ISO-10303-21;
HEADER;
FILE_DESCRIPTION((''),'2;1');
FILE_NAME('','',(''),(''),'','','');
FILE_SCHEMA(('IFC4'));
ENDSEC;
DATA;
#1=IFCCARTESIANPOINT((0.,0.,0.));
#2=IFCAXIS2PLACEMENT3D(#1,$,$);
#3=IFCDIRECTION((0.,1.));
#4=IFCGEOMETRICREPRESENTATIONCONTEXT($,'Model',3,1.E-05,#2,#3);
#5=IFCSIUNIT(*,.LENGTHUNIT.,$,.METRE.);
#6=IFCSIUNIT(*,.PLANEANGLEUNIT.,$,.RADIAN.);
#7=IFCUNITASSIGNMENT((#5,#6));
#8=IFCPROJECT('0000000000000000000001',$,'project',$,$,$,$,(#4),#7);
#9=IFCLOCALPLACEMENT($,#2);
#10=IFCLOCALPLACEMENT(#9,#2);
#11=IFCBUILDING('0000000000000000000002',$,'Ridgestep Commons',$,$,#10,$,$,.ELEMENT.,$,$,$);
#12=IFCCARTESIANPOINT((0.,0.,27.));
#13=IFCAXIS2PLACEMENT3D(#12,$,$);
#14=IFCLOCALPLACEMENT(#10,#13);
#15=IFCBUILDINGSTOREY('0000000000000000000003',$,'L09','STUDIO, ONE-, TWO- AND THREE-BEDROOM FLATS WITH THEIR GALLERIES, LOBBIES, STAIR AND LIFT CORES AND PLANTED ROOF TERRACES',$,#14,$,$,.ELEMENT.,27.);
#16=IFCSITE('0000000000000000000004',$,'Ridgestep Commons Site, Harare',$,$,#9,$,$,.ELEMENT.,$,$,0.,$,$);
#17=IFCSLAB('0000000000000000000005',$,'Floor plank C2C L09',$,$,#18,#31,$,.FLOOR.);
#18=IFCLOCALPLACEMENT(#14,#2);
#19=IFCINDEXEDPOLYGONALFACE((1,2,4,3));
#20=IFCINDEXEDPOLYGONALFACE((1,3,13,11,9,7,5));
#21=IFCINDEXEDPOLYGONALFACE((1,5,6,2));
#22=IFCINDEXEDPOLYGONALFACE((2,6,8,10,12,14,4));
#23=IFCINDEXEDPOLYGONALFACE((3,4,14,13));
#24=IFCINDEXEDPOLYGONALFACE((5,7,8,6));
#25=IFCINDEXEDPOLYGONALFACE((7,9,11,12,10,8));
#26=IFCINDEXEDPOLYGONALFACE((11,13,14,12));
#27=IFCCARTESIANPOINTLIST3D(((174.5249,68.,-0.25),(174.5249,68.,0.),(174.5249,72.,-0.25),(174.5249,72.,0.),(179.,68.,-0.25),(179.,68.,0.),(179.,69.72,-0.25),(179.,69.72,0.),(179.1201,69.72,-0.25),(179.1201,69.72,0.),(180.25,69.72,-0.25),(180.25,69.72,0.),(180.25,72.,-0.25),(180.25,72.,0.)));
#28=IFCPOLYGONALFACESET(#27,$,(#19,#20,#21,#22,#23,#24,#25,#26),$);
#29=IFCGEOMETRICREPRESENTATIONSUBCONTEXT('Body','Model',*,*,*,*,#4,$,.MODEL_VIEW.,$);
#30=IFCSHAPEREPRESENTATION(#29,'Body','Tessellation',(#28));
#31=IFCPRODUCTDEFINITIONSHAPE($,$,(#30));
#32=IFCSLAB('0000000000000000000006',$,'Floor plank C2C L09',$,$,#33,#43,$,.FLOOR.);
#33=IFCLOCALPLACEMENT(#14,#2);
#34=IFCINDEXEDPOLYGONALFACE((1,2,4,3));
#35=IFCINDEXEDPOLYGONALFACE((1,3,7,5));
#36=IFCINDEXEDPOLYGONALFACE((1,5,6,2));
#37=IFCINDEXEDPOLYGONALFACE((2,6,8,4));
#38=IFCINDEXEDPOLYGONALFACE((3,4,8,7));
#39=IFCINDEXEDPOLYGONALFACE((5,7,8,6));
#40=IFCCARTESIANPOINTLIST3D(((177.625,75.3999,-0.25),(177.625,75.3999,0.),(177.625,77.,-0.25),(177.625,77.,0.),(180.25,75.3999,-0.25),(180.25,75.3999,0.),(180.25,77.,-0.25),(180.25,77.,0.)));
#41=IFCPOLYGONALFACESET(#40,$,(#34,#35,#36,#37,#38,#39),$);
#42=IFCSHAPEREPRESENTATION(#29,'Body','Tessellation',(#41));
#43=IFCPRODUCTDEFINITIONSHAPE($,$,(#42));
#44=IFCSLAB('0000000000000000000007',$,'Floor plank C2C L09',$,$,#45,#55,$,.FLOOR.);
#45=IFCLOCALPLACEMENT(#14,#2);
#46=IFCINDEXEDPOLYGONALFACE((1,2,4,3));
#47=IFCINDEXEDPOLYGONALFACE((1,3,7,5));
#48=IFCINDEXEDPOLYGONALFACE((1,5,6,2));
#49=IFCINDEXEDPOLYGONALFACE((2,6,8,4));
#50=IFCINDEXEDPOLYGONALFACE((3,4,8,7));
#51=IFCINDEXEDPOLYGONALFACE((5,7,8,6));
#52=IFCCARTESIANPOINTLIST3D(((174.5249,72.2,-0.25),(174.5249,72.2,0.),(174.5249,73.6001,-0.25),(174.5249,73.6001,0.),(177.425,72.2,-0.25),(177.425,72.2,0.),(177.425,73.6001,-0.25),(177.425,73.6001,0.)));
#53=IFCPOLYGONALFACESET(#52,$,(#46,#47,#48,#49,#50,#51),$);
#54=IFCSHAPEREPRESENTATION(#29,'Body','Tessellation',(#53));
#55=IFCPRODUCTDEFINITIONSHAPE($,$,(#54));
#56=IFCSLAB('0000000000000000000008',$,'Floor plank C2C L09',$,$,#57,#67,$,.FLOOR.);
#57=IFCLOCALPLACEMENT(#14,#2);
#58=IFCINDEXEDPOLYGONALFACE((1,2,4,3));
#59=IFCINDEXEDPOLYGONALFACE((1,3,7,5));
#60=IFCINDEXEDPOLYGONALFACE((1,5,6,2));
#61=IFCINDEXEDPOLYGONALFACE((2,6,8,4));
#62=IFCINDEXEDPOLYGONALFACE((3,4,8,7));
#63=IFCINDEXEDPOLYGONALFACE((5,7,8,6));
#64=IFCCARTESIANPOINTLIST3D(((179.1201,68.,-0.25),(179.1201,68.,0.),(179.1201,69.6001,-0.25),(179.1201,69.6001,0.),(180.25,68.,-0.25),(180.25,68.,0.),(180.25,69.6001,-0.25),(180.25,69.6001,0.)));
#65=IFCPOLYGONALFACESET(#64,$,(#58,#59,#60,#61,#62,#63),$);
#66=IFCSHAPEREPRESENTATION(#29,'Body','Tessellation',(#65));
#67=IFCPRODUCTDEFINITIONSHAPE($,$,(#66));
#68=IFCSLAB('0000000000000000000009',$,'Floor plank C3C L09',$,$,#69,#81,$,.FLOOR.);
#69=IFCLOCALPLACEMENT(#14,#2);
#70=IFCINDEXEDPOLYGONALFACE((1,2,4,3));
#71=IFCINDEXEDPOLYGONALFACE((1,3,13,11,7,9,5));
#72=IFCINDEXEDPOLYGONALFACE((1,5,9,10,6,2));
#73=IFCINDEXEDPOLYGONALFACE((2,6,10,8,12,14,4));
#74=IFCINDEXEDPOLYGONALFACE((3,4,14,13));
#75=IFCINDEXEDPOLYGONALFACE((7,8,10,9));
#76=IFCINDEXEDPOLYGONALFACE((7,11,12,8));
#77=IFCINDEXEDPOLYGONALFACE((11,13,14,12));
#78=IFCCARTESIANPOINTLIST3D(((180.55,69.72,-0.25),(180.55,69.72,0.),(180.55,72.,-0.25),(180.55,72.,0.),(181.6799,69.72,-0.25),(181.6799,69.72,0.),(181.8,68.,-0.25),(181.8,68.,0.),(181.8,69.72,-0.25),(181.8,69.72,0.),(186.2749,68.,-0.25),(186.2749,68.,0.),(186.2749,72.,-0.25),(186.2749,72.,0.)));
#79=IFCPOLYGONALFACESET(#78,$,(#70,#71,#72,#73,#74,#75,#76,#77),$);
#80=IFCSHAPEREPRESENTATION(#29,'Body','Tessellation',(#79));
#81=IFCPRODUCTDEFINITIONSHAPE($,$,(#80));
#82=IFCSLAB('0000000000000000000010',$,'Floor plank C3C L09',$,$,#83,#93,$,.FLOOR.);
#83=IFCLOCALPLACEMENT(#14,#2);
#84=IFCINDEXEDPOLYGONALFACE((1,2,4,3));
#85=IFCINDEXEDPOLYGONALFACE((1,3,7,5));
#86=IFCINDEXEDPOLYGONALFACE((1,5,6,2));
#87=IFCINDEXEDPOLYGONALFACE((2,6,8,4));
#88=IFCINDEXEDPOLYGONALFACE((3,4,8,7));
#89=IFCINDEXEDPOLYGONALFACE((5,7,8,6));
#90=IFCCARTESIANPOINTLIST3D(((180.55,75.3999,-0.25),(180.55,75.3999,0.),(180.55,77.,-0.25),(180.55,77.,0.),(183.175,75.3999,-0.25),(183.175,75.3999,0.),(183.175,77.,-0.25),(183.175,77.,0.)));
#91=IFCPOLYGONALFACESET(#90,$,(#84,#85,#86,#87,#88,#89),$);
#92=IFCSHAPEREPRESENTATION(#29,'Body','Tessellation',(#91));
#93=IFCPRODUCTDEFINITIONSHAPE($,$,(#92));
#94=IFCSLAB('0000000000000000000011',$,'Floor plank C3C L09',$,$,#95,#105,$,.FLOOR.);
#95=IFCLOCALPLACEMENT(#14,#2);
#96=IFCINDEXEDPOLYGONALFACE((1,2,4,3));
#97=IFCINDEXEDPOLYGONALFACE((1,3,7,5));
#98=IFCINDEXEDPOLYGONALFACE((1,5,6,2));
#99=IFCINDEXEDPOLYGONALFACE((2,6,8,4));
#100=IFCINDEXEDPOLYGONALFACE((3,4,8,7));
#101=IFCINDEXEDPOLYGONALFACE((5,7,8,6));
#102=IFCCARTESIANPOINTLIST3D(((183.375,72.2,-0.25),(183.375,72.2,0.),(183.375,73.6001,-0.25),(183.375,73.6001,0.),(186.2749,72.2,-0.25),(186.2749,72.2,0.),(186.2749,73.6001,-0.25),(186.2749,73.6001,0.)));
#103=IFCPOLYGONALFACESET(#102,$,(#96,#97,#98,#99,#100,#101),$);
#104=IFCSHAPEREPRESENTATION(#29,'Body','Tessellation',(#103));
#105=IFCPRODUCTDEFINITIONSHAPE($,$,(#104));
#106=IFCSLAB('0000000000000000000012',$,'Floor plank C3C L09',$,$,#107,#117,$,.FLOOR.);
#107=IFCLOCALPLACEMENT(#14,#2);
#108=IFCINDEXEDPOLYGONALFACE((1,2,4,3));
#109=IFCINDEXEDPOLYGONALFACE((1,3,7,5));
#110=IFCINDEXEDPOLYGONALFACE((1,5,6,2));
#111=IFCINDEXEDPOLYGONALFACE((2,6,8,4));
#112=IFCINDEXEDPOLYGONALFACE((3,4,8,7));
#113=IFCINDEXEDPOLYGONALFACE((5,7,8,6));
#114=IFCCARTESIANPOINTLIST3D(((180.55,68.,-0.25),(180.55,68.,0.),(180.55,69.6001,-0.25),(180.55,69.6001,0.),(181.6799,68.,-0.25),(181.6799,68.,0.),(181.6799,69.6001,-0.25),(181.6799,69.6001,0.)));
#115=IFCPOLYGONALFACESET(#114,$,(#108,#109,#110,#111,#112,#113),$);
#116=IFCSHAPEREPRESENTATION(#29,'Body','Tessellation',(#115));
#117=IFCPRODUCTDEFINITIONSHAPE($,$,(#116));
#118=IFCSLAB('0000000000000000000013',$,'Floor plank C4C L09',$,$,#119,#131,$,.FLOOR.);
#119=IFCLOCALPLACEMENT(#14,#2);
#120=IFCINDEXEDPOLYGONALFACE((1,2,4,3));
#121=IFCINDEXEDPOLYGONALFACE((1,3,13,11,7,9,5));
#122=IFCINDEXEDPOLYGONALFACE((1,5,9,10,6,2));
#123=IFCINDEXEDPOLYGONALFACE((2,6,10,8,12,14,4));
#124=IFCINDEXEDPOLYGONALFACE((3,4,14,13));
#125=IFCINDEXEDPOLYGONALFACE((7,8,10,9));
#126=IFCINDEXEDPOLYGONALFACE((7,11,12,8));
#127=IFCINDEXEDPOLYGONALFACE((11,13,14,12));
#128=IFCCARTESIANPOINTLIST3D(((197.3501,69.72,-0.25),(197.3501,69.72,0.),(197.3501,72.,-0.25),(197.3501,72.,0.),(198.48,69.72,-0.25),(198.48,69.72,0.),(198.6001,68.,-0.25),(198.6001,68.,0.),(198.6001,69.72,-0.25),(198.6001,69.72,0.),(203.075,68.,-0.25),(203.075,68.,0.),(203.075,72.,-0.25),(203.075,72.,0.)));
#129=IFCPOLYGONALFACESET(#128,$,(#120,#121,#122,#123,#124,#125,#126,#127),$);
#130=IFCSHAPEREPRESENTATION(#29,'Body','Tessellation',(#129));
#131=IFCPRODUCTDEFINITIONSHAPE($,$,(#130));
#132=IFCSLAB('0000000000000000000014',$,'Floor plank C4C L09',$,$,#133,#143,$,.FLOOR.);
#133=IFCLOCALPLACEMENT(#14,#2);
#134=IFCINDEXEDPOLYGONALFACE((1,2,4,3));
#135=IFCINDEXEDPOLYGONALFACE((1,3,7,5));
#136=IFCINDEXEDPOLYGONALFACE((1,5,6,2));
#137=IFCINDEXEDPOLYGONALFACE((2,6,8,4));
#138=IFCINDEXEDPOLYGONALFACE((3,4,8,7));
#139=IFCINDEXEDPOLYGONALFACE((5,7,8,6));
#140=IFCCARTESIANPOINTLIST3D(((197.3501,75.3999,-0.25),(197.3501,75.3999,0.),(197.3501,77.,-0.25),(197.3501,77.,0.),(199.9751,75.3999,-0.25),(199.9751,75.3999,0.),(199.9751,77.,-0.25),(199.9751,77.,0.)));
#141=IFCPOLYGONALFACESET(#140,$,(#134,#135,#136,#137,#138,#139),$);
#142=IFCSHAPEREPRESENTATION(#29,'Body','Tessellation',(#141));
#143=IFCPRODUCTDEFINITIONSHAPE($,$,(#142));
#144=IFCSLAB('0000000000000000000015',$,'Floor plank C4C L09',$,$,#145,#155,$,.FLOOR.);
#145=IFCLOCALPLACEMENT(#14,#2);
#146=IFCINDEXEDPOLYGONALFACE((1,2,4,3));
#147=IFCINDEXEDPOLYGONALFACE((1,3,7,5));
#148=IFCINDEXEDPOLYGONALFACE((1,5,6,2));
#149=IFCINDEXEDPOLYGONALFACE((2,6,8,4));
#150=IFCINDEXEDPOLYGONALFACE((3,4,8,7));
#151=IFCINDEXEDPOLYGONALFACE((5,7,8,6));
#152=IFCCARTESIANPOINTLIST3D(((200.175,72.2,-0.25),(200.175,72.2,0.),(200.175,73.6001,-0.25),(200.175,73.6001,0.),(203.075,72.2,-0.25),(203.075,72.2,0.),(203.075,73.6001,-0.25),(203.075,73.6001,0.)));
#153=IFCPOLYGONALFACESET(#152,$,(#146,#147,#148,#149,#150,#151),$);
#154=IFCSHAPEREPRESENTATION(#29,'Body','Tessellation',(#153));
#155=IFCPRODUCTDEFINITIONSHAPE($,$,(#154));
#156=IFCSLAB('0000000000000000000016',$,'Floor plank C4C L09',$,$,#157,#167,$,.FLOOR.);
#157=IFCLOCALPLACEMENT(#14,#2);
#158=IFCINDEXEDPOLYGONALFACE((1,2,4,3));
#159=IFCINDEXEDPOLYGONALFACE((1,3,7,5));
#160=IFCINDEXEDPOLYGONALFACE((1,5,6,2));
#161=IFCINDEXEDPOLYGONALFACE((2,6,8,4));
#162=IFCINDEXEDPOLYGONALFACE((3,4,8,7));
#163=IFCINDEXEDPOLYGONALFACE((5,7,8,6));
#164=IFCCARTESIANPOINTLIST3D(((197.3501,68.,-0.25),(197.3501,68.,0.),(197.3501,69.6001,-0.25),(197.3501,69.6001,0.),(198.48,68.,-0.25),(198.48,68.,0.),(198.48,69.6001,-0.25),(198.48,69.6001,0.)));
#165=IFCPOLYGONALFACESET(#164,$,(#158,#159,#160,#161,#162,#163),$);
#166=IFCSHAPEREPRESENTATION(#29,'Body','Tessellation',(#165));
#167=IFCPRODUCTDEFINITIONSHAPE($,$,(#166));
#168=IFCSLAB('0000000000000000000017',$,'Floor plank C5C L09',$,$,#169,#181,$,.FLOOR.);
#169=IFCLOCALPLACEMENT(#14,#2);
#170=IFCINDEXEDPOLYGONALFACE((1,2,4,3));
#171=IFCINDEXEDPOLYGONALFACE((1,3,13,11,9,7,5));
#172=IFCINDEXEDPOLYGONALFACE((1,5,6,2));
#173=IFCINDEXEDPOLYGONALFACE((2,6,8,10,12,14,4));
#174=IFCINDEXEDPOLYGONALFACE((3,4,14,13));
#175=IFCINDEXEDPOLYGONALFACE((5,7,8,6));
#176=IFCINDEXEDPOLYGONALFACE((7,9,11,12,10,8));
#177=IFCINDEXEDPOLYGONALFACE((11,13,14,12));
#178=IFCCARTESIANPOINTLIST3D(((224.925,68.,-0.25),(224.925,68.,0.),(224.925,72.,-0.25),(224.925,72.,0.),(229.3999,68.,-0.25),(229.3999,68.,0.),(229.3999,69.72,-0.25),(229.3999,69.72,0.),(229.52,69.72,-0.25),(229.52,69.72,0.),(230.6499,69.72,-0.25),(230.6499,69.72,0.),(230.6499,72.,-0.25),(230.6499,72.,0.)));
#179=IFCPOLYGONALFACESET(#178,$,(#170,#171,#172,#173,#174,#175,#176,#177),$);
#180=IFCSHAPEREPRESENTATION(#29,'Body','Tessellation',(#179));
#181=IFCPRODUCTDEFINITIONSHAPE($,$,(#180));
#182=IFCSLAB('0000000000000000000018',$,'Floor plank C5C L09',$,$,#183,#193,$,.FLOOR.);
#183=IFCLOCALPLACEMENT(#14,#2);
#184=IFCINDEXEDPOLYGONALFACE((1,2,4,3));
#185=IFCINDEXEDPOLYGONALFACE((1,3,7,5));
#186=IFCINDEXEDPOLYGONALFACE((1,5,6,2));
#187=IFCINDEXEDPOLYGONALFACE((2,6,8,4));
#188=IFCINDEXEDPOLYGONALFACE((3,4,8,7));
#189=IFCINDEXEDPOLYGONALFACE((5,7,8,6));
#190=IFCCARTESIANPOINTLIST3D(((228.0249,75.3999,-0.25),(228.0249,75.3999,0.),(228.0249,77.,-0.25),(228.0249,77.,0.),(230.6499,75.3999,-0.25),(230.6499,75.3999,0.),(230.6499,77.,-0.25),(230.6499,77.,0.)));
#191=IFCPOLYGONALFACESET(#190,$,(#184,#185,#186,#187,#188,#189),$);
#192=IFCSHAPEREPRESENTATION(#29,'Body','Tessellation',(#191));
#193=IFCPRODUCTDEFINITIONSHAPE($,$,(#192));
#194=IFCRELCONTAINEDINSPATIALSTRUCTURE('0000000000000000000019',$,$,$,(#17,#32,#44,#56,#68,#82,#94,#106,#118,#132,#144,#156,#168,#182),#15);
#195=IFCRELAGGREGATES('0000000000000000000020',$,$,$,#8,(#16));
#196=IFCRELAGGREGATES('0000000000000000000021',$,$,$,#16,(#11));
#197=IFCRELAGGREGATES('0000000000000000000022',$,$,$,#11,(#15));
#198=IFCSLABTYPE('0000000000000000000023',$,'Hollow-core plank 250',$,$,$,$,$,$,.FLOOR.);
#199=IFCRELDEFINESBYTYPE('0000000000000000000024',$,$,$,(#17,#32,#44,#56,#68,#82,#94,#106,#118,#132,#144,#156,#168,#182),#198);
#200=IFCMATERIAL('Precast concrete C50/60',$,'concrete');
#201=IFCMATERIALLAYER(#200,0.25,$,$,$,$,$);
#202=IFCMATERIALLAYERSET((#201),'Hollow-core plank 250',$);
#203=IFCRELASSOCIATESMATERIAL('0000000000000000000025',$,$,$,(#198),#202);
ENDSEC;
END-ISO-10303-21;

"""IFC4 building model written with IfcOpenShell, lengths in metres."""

from ifc_helpers import new_model, si_unit, direction, frame, origin, place, context, subcontext, project, spatial, polyline, outline, extrude, material, layer, layer_set, type_object, element, save


model = new_model("IFC4")

# Units and contexts
model_context = context("Model", 3, precision=1e-05, world=origin(), true_north=direction((0.0, 1.0)))
body_context = subcontext(model_context, "Body", "Model", "MODEL_VIEW")
ifc_project = project(units=[si_unit("LENGTHUNIT", "METRE"), si_unit("PLANEANGLEUNIT", "RADIAN")], contexts=[model_context])

# Site, building, storey
site_placement = place(None, origin())
site = spatial("IfcSite", under=ifc_project, at=site_placement, Name="Ridgestep Commons Site, Harare", CompositionType="ELEMENT", RefElevation=0.0)
building_placement = place(site_placement, origin())
building = spatial("IfcBuilding", under=site, at=building_placement, Name="Ridgestep Commons", CompositionType="ELEMENT")
storey_placement = place(building_placement, frame((0.0, 0.0, 27.0)))
storey = spatial("IfcBuildingStorey", under=building, at=storey_placement, Name="L09", Description="STUDIO, ONE-, TWO- AND THREE-BEDROOM FLATS WITH THEIR GALLERIES, LOBBIES, STAIR AND LIFT CORES AND PLANTED ROOF TERRACES", CompositionType="ELEMENT", Elevation=27.0)

# Slabs
ifc_material_1 = material(Name="Precast concrete C50/60", Category="concrete")
ifc_layer_1 = layer(ifc_material_1, 0.25)
ifc_layer_set_1 = layer_set([ifc_layer_1], Name="Hollow-core plank 250")
slab_type_1 = type_object("IfcSlabType", Name="Hollow-core plank 250", PredefinedType="FLOOR", material=ifc_layer_set_1)
slab_1_placement = place(storey_placement, frame((0.0, 0.0, -0.25)))
element("IfcSlab", 1, at=slab_1_placement, inside=storey, type_object=slab_type_1, Name="Floor plank C2C L09", PredefinedType="FLOOR", context=body_context, shape_type="SweptSolid", body=[
    extrude(outline(polyline([(179.1201, 69.72), (180.25, 69.72), (180.25, 72.0), (174.5249, 72.0), (174.5249, 68.0), (179.0, 68.0), (179.0, 69.72), (179.1201, 69.72)])), origin(), (0.0, 0.0, 1.0), 0.25),
])
slab_2_placement = place(storey_placement, frame((0.0, 0.0, -0.25)))
element("IfcSlab", 2, at=slab_2_placement, inside=storey, type_object=slab_type_1, Name="Floor plank C2C L09", PredefinedType="FLOOR", context=body_context, shape_type="SweptSolid", body=[
    extrude(outline(polyline([(180.25, 75.3999), (180.25, 77.0), (177.625, 77.0), (177.625, 75.3999), (180.25, 75.3999)])), origin(), (0.0, 0.0, 1.0), 0.25),
])
slab_3_placement = place(storey_placement, frame((0.0, 0.0, -0.25)))
element("IfcSlab", 3, at=slab_3_placement, inside=storey, type_object=slab_type_1, Name="Floor plank C2C L09", PredefinedType="FLOOR", context=body_context, shape_type="SweptSolid", body=[
    extrude(outline(polyline([(177.425, 72.2), (177.425, 73.6001), (174.5249, 73.6001), (174.5249, 72.2), (177.425, 72.2)])), origin(), (0.0, 0.0, 1.0), 0.25),
])
slab_4_placement = place(storey_placement, frame((0.0, 0.0, -0.25)))
element("IfcSlab", 4, at=slab_4_placement, inside=storey, type_object=slab_type_1, Name="Floor plank C2C L09", PredefinedType="FLOOR", context=body_context, shape_type="SweptSolid", body=[
    extrude(outline(polyline([(179.1201, 68.0), (180.25, 68.0), (180.25, 69.6001), (179.1201, 69.6001), (179.1201, 68.0)])), origin(), (0.0, 0.0, 1.0), 0.25),
])
slab_5_placement = place(storey_placement, frame((0.0, 0.0, -0.25)))
element("IfcSlab", 5, at=slab_5_placement, inside=storey, type_object=slab_type_1, Name="Floor plank C3C L09", PredefinedType="FLOOR", context=body_context, shape_type="SweptSolid", body=[
    extrude(outline(polyline([(181.8, 68.0), (186.2749, 68.0), (186.2749, 72.0), (180.55, 72.0), (180.55, 69.72), (181.6799, 69.72), (181.8, 69.72), (181.8, 68.0)])), origin(), (0.0, 0.0, 1.0), 0.25),
])
slab_6_placement = place(storey_placement, frame((0.0, 0.0, -0.25)))
element("IfcSlab", 6, at=slab_6_placement, inside=storey, type_object=slab_type_1, Name="Floor plank C3C L09", PredefinedType="FLOOR", context=body_context, shape_type="SweptSolid", body=[
    extrude(outline(polyline([(183.175, 77.0), (180.55, 77.0), (180.55, 75.3999), (183.175, 75.3999), (183.175, 77.0)])), origin(), (0.0, 0.0, 1.0), 0.25),
])
slab_7_placement = place(storey_placement, frame((0.0, 0.0, -0.25)))
element("IfcSlab", 7, at=slab_7_placement, inside=storey, type_object=slab_type_1, Name="Floor plank C3C L09", PredefinedType="FLOOR", context=body_context, shape_type="SweptSolid", body=[
    extrude(outline(polyline([(186.2749, 72.2), (186.2749, 73.6001), (183.375, 73.6001), (183.375, 72.2), (186.2749, 72.2)])), origin(), (0.0, 0.0, 1.0), 0.25),
])
slab_8_placement = place(storey_placement, frame((0.0, 0.0, -0.25)))
element("IfcSlab", 8, at=slab_8_placement, inside=storey, type_object=slab_type_1, Name="Floor plank C3C L09", PredefinedType="FLOOR", context=body_context, shape_type="SweptSolid", body=[
    extrude(outline(polyline([(181.6799, 69.6001), (180.55, 69.6001), (180.55, 68.0), (181.6799, 68.0), (181.6799, 69.6001)])), origin(), (0.0, 0.0, 1.0), 0.25),
])
slab_9_placement = place(storey_placement, frame((0.0, 0.0, -0.25)))
element("IfcSlab", 9, at=slab_9_placement, inside=storey, type_object=slab_type_1, Name="Floor plank C4C L09", PredefinedType="FLOOR", context=body_context, shape_type="SweptSolid", body=[
    extrude(outline(polyline([(198.6001, 68.0), (203.075, 68.0), (203.075, 72.0), (197.3501, 72.0), (197.3501, 69.72), (198.48, 69.72), (198.6001, 69.72), (198.6001, 68.0)])), origin(), (0.0, 0.0, 1.0), 0.25),
])
slab_10_placement = place(storey_placement, frame((0.0, 0.0, -0.25)))
element("IfcSlab", 10, at=slab_10_placement, inside=storey, type_object=slab_type_1, Name="Floor plank C4C L09", PredefinedType="FLOOR", context=body_context, shape_type="SweptSolid", body=[
    extrude(outline(polyline([(199.9751, 77.0), (197.3501, 77.0), (197.3501, 75.3999), (199.9751, 75.3999), (199.9751, 77.0)])), origin(), (0.0, 0.0, 1.0), 0.25),
])
slab_11_placement = place(storey_placement, frame((0.0, 0.0, -0.25)))
element("IfcSlab", 11, at=slab_11_placement, inside=storey, type_object=slab_type_1, Name="Floor plank C4C L09", PredefinedType="FLOOR", context=body_context, shape_type="SweptSolid", body=[
    extrude(outline(polyline([(203.075, 72.2), (203.075, 73.6001), (200.175, 73.6001), (200.175, 72.2), (203.075, 72.2)])), origin(), (0.0, 0.0, 1.0), 0.25),
])
slab_12_placement = place(storey_placement, frame((0.0, 0.0, -0.25)))
element("IfcSlab", 12, at=slab_12_placement, inside=storey, type_object=slab_type_1, Name="Floor plank C4C L09", PredefinedType="FLOOR", context=body_context, shape_type="SweptSolid", body=[
    extrude(outline(polyline([(198.48, 69.6001), (197.3501, 69.6001), (197.3501, 68.0), (198.48, 68.0), (198.48, 69.6001)])), origin(), (0.0, 0.0, 1.0), 0.25),
])
slab_13_placement = place(storey_placement, frame((0.0, 0.0, -0.25)))
element("IfcSlab", 13, at=slab_13_placement, inside=storey, type_object=slab_type_1, Name="Floor plank C5C L09", PredefinedType="FLOOR", context=body_context, shape_type="SweptSolid", body=[
    extrude(outline(polyline([(229.52, 69.72), (230.6499, 69.72), (230.6499, 72.0), (224.925, 72.0), (224.925, 68.0), (229.3999, 68.0), (229.3999, 69.72), (229.52, 69.72)])), origin(), (0.0, 0.0, 1.0), 0.25),
])
slab_14_placement = place(storey_placement, frame((0.0, 0.0, -0.25)))
element("IfcSlab", 14, at=slab_14_placement, inside=storey, type_object=slab_type_1, Name="Floor plank C5C L09", PredefinedType="FLOOR", context=body_context, shape_type="SweptSolid", body=[
    extrude(outline(polyline([(230.6499, 75.3999), (230.6499, 77.0), (228.0249, 77.0), (228.0249, 75.3999), (230.6499, 75.3999)])), origin(), (0.0, 0.0, 1.0), 0.25),
])

save(model, "model.ifc")
